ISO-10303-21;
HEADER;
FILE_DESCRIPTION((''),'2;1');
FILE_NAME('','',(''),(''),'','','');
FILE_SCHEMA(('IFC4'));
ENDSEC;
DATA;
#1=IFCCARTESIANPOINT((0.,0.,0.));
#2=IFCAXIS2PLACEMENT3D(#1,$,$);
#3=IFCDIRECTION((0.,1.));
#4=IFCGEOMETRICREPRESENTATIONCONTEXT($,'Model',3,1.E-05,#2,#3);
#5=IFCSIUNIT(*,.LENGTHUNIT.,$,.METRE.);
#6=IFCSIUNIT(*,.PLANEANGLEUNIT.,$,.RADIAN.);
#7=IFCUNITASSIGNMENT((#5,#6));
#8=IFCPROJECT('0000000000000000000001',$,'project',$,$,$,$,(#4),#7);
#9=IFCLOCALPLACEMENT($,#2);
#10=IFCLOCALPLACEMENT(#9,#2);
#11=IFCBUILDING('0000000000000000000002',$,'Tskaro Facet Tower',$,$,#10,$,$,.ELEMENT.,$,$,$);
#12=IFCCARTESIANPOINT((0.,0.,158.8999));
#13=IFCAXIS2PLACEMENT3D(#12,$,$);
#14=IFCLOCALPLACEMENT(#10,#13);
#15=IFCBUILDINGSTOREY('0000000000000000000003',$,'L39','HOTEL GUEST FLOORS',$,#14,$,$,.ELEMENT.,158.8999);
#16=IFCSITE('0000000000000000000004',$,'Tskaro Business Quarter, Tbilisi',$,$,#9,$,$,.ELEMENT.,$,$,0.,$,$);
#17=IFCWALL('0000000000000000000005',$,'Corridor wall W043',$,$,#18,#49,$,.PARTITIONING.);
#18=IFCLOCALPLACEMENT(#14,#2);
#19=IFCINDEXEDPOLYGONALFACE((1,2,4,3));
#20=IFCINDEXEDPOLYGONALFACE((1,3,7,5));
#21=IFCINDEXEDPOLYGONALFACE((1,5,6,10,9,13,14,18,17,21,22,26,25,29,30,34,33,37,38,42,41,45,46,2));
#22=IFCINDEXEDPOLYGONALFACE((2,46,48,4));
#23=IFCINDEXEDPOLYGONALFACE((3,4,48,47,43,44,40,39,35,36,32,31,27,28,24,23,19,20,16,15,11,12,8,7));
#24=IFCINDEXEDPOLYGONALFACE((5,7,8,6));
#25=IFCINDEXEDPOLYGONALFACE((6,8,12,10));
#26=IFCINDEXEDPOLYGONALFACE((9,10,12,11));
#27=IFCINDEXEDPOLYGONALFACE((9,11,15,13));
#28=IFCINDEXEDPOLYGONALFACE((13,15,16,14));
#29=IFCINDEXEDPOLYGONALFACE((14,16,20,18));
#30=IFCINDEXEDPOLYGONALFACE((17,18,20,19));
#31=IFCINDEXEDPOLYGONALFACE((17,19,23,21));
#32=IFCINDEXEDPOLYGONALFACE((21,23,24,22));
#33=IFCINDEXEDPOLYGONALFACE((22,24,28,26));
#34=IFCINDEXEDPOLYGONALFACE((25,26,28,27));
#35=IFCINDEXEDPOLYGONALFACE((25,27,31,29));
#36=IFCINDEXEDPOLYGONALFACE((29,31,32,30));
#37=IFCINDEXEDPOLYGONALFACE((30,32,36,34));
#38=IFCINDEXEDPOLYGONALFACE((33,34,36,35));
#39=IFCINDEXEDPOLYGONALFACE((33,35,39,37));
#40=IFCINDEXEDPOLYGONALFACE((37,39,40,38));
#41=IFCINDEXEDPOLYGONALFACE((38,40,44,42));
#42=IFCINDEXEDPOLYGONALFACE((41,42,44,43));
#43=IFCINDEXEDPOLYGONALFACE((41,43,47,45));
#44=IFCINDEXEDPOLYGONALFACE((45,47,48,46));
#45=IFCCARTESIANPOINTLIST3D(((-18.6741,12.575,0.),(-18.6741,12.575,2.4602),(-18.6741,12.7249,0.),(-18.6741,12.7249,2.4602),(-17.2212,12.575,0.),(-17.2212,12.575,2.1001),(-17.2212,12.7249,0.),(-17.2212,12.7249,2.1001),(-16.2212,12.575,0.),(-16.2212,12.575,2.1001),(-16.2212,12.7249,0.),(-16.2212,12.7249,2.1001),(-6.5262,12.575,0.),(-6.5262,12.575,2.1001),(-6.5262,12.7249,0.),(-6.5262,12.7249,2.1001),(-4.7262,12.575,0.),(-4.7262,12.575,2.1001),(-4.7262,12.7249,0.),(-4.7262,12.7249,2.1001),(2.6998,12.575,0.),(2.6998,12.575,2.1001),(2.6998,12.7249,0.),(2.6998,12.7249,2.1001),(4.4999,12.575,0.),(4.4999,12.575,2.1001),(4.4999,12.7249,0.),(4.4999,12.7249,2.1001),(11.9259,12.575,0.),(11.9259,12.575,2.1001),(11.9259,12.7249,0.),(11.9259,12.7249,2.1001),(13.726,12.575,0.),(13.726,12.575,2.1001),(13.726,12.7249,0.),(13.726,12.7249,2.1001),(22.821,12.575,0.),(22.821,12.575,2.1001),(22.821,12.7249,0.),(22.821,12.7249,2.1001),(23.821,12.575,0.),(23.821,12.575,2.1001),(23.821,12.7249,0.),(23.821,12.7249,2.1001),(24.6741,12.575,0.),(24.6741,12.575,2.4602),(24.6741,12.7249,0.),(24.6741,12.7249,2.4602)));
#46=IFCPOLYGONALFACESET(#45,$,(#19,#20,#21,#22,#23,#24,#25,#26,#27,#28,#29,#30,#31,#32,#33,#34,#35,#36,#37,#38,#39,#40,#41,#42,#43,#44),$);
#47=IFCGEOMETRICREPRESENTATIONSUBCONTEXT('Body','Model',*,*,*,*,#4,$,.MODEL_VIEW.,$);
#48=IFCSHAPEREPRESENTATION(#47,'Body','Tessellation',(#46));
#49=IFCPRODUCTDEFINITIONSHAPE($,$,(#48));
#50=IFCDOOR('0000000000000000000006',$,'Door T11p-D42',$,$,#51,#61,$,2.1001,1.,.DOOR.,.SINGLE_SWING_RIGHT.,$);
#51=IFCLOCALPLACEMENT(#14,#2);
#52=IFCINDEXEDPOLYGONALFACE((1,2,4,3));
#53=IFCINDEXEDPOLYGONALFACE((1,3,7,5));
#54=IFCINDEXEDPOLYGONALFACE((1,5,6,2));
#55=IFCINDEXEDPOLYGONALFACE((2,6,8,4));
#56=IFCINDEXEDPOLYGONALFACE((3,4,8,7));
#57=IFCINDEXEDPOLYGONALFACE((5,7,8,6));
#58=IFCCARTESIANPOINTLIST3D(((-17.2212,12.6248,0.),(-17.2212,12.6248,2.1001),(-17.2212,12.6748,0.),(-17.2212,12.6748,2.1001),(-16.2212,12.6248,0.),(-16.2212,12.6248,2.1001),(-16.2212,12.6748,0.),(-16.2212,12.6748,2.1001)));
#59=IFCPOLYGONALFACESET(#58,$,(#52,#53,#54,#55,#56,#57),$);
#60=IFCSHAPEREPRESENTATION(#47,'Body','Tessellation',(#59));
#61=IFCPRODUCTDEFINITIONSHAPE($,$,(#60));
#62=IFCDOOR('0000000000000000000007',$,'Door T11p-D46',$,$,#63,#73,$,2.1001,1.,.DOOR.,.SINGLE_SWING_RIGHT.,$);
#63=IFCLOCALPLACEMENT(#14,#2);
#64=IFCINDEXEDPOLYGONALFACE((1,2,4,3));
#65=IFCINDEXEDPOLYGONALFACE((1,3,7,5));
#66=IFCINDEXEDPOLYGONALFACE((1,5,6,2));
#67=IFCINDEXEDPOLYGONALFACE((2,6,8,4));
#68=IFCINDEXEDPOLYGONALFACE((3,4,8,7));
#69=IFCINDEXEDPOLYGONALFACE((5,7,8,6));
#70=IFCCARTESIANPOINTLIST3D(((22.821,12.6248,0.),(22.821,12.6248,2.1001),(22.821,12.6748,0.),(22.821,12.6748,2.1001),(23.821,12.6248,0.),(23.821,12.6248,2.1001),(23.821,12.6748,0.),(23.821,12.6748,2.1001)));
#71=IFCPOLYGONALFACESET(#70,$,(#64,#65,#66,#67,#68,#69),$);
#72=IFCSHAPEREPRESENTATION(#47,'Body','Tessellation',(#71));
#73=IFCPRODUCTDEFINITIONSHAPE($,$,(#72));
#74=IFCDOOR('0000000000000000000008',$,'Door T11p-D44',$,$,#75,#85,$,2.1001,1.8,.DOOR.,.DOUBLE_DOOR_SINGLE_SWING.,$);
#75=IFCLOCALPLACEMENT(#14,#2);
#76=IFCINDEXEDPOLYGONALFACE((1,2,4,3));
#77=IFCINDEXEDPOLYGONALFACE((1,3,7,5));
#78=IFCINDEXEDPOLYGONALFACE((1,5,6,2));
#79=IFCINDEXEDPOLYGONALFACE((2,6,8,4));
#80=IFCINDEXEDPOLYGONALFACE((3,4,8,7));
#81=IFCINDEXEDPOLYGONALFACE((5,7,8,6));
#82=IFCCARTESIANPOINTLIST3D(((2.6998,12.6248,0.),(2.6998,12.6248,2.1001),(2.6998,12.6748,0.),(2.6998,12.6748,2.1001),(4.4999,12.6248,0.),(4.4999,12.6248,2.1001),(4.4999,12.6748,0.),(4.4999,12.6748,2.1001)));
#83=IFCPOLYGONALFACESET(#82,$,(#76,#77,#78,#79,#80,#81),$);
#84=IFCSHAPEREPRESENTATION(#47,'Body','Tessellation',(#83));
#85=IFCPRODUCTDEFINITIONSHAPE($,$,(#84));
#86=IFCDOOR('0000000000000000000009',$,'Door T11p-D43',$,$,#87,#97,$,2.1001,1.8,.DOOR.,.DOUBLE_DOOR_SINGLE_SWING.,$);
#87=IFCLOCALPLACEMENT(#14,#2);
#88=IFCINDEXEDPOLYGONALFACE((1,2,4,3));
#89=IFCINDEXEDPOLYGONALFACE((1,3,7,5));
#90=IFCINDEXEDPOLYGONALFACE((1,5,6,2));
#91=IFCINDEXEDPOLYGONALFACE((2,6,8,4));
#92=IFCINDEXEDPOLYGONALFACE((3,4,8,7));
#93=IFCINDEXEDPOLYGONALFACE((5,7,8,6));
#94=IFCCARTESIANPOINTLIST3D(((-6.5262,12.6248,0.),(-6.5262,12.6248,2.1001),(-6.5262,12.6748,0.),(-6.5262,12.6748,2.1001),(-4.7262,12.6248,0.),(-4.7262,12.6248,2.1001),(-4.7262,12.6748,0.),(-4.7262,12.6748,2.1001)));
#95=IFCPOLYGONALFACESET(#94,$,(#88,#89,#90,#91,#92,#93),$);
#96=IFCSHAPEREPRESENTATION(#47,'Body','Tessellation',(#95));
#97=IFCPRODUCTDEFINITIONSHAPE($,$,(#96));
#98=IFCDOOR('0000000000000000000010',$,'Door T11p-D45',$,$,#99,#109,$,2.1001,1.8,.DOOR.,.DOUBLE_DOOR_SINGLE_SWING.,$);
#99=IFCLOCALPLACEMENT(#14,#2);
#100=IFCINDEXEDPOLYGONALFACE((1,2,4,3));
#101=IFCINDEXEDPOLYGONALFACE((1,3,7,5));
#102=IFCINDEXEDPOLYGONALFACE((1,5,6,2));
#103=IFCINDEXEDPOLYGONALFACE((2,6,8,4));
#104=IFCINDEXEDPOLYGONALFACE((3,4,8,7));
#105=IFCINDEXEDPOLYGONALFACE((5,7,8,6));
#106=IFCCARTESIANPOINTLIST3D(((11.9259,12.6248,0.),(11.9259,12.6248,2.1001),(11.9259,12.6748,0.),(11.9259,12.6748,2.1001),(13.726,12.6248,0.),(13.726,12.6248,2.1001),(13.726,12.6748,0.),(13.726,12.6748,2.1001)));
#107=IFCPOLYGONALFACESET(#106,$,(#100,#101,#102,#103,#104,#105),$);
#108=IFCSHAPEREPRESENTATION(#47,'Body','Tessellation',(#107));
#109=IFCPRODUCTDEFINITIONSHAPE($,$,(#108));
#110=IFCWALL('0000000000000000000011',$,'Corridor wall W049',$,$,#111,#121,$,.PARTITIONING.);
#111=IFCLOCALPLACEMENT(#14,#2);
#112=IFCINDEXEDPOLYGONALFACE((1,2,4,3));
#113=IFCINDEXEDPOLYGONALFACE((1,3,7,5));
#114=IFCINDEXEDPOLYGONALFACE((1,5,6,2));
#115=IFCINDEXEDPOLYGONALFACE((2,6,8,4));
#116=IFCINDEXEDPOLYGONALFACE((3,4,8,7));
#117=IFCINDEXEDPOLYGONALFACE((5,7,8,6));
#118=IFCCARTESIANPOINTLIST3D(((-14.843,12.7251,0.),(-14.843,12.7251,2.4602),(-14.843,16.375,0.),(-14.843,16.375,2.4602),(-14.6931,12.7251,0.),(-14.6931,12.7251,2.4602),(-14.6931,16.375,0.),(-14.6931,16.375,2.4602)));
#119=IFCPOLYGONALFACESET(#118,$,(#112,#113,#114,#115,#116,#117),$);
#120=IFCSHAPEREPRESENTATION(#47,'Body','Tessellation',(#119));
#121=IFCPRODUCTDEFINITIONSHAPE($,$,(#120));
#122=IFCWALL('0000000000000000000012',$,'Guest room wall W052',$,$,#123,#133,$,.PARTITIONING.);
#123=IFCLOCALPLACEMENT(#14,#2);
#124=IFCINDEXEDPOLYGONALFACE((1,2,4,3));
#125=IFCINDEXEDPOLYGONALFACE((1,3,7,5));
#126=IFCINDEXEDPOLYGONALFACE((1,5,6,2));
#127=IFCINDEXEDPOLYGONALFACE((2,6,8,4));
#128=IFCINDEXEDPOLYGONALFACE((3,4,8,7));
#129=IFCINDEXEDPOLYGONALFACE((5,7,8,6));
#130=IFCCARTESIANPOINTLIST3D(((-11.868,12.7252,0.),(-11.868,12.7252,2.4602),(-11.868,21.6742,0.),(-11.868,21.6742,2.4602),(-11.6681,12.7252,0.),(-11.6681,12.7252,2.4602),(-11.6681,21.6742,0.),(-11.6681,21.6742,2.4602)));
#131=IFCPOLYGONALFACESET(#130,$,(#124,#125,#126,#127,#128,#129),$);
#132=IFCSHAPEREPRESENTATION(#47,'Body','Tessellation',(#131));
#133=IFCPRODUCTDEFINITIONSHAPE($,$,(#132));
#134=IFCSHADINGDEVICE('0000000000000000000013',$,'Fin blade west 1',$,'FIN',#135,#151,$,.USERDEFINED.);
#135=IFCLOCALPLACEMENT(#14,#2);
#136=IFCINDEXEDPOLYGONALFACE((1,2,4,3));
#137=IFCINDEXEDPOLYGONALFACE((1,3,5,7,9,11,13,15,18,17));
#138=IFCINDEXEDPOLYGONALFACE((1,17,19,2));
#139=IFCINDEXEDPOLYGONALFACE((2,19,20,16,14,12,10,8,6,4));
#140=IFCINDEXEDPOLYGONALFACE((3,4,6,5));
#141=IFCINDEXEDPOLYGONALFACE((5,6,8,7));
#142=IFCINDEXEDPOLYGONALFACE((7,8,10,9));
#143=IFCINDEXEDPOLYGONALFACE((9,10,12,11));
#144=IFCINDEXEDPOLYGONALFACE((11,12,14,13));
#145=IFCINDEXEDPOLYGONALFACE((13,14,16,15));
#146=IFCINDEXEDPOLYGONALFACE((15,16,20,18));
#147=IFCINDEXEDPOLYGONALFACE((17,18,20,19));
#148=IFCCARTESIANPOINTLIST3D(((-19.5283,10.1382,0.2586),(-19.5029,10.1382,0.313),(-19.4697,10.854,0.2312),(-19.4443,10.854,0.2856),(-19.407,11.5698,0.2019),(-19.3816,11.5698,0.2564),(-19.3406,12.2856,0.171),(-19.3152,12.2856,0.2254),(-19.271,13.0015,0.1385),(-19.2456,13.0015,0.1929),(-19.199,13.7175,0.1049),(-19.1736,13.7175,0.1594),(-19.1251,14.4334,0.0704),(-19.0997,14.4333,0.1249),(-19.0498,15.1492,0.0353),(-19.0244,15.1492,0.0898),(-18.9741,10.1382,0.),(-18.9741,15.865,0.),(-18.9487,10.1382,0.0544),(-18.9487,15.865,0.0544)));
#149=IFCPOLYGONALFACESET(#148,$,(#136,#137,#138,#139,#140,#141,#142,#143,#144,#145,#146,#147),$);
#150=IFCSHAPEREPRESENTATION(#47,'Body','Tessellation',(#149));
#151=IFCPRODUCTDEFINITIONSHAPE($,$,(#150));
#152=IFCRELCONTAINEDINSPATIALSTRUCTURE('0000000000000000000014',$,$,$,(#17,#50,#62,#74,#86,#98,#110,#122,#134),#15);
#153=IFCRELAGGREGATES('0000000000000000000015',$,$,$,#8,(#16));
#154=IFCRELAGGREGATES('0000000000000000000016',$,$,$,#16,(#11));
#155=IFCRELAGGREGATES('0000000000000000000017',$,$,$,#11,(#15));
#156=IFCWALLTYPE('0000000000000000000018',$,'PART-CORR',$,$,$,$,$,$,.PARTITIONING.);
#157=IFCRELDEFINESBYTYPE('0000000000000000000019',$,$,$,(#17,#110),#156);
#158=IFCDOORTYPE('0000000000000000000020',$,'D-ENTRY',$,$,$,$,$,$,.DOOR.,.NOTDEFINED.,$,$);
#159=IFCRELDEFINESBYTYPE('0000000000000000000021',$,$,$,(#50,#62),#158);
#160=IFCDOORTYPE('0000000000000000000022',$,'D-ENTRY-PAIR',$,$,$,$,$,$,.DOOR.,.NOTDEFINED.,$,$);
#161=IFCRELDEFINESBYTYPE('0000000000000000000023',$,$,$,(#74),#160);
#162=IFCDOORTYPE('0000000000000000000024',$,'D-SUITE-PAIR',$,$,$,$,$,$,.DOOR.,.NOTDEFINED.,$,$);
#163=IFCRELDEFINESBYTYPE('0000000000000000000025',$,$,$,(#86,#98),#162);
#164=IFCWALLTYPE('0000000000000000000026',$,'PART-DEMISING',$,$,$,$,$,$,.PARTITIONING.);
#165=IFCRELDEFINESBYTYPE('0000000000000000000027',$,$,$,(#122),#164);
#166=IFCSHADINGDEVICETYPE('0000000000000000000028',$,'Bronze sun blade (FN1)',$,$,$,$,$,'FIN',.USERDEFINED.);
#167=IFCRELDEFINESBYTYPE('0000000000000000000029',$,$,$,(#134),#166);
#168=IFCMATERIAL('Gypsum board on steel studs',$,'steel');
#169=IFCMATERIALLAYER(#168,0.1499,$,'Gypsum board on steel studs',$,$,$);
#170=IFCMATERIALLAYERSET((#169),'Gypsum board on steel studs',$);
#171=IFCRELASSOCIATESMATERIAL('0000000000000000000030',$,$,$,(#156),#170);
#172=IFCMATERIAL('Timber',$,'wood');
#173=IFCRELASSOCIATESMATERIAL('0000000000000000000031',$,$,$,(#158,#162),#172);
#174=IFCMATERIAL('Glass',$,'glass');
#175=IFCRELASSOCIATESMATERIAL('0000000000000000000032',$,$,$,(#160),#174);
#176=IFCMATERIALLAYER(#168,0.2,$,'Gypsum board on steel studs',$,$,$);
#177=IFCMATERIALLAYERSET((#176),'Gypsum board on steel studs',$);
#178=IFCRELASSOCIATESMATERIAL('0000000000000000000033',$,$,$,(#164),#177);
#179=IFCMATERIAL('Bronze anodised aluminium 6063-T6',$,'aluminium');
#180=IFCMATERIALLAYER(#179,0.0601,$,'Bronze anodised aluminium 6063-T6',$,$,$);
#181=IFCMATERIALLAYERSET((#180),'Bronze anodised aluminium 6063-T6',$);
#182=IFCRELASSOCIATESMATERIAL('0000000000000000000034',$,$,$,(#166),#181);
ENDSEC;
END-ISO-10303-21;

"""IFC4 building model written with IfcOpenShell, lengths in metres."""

from ifc_helpers import new_model, si_unit, direction, frame, frame_2d, origin, place, context, subcontext, project, spatial, polyline, rectangle, outline, extrude, material, layer, layer_set, type_object, element, fill, save


model = new_model("IFC4")

# Units and contexts
model_context = context("Model", 3, precision=1e-05, world=origin(), true_north=direction((0.0, 1.0)))
body_context = subcontext(model_context, "Body", "Model", "MODEL_VIEW")
ifc_project = project(units=[si_unit("LENGTHUNIT", "METRE"), si_unit("PLANEANGLEUNIT", "RADIAN")], contexts=[model_context])

# Site, building, storey
site_placement = place(None, origin())
site = spatial("IfcSite", under=ifc_project, at=site_placement, Name="Tskaro Business Quarter, Tbilisi", CompositionType="ELEMENT", RefElevation=0.0)
building_placement = place(site_placement, origin())
building = spatial("IfcBuilding", under=site, at=building_placement, Name="Tskaro Facet Tower", CompositionType="ELEMENT")
storey_placement = place(building_placement, frame((0.0, 0.0, 158.8999)))
storey = spatial("IfcBuildingStorey", under=building, at=storey_placement, Name="L39", Description="HOTEL GUEST FLOORS", CompositionType="ELEMENT", Elevation=158.8999)

# Shared definitions
ifc_material_1 = material(Name="Bronze anodised aluminium 6063-T6", Category="aluminium")

# Shared definitions
ifc_material_2 = material(Name="Gypsum board on steel studs", Category="steel")
ifc_layer_1 = layer(ifc_material_2, 0.1499, Name="Gypsum board on steel studs")
ifc_layer_set_1 = layer_set([ifc_layer_1], Name="Gypsum board on steel studs")
wall_type_1 = type_object("IfcWallType", Name="PART-CORR", PredefinedType="PARTITIONING", material=ifc_layer_set_1)
ifc_material_3 = material(Name="Timber", Category="wood")

# Wall, openings, doors
wall_1_placement = place(storey_placement, frame((-18.6741, 12.6499, 0.0), z_axis=(0.0, 0.0, 1.0), x_axis=(1.0, 0.0, 0.0)))
wall_1 = element("IfcWall", 1, at=wall_1_placement, inside=storey, type_object=wall_type_1, Name="Corridor wall W043", PredefinedType="PARTITIONING", context=body_context, shape_type="SweptSolid", body=[
    extrude(rectangle(XDim=43.3481, YDim=0.1499, at=frame_2d((21.6741, 0.0))), origin(), (0.0, 0.0, 1.0), 2.4602),
])
opening_1_placement = place(wall_1_placement, frame((1.4529, 0.0, 0.0)))
opening_1 = element("IfcOpeningElement", 2, at=opening_1_placement, cuts=wall_1, PredefinedType="OPENING", context=body_context, shape_type="SweptSolid", body=[
    extrude(rectangle(XDim=1.0, YDim=2.1001, at=frame_2d((0.5, 1.05))), frame((0.0, 0.085, 0.0), z_axis=(0.0, -1.0, 0.0), x_axis=(1.0, 0.0, 0.0)), (0.0, 0.0, 1.0), 0.1699),
])
opening_2_placement = place(wall_1_placement, frame((12.1479, 0.0, 0.0)))
opening_2 = element("IfcOpeningElement", 3, at=opening_2_placement, cuts=wall_1, PredefinedType="OPENING", context=body_context, shape_type="SweptSolid", body=[
    extrude(rectangle(XDim=1.8, YDim=2.1001, at=frame_2d((0.8999, 1.05))), frame((0.0, 0.085, 0.0), z_axis=(0.0, -1.0, 0.0), x_axis=(1.0, 0.0, 0.0)), (0.0, 0.0, 1.0), 0.1699),
])
opening_3_placement = place(wall_1_placement, frame((21.374, 0.0, 0.0)))
opening_3 = element("IfcOpeningElement", 4, at=opening_3_placement, cuts=wall_1, PredefinedType="OPENING", context=body_context, shape_type="SweptSolid", body=[
    extrude(rectangle(XDim=1.8, YDim=2.1001, at=frame_2d((0.8999, 1.05))), frame((0.0, 0.085, 0.0), z_axis=(0.0, -1.0, 0.0), x_axis=(1.0, 0.0, 0.0)), (0.0, 0.0, 1.0), 0.1699),
])
opening_4_placement = place(wall_1_placement, frame((30.6001, 0.0, 0.0)))
opening_4 = element("IfcOpeningElement", 5, at=opening_4_placement, cuts=wall_1, PredefinedType="OPENING", context=body_context, shape_type="SweptSolid", body=[
    extrude(rectangle(XDim=1.8, YDim=2.1001, at=frame_2d((0.8999, 1.05))), frame((0.0, 0.085, 0.0), z_axis=(0.0, -1.0, 0.0), x_axis=(1.0, 0.0, 0.0)), (0.0, 0.0, 1.0), 0.1699),
])
opening_5_placement = place(wall_1_placement, frame((41.4951, 0.0, 0.0)))
opening_5 = element("IfcOpeningElement", 6, at=opening_5_placement, cuts=wall_1, PredefinedType="OPENING", context=body_context, shape_type="SweptSolid", body=[
    extrude(rectangle(XDim=1.0, YDim=2.1001, at=frame_2d((0.5, 1.05))), frame((0.0, 0.085, 0.0), z_axis=(0.0, -1.0, 0.0), x_axis=(1.0, 0.0, 0.0)), (0.0, 0.0, 1.0), 0.1699),
])
door_type_1 = type_object("IfcDoorType", Name="D-ENTRY", OperationType="NOTDEFINED", PredefinedType="DOOR", material=ifc_material_3)
door_1_placement = place(opening_1_placement, origin())
door_1 = element("IfcDoor", 7, at=door_1_placement, inside=storey, type_object=door_type_1, Name="Door T11p-D42", OperationType="SINGLE_SWING_RIGHT", OverallHeight=2.1001, OverallWidth=1.0, PredefinedType="DOOR", context=body_context, shape_type="SweptSolid", body=[
    extrude(rectangle(XDim=1.0, YDim=2.1001, at=frame_2d((0.5, 1.05))), frame((0.0, 0.0249, 0.0), z_axis=(0.0, -1.0, 0.0), x_axis=(1.0, 0.0, 0.0)), (0.0, 0.0, 1.0), 0.05),
])
fill(opening_1, door_1)
door_2_placement = place(opening_5_placement, origin())
door_2 = element("IfcDoor", 8, at=door_2_placement, inside=storey, type_object=door_type_1, Name="Door T11p-D46", OperationType="SINGLE_SWING_RIGHT", OverallHeight=2.1001, OverallWidth=1.0, PredefinedType="DOOR", context=body_context, shape_type="SweptSolid", body=[
    extrude(rectangle(XDim=1.0, YDim=2.1001, at=frame_2d((0.5, 1.05))), frame((0.0, 0.0249, 0.0), z_axis=(0.0, -1.0, 0.0), x_axis=(1.0, 0.0, 0.0)), (0.0, 0.0, 1.0), 0.05),
])
fill(opening_5, door_2)
ifc_material_4 = material(Name="Glass", Category="glass")
door_type_2 = type_object("IfcDoorType", Name="D-ENTRY-PAIR", OperationType="NOTDEFINED", PredefinedType="DOOR", material=ifc_material_4)
door_3_placement = place(opening_3_placement, origin())
door_3 = element("IfcDoor", 9, at=door_3_placement, inside=storey, type_object=door_type_2, Name="Door T11p-D44", OperationType="DOUBLE_DOOR_SINGLE_SWING", OverallHeight=2.1001, OverallWidth=1.8, PredefinedType="DOOR", context=body_context, shape_type="SweptSolid", body=[
    extrude(rectangle(XDim=1.8, YDim=2.1001, at=frame_2d((0.8999, 1.05))), frame((0.0, 0.0249, 0.0), z_axis=(0.0, -1.0, 0.0), x_axis=(1.0, 0.0, 0.0)), (0.0, 0.0, 1.0), 0.05),
])
fill(opening_3, door_3)
door_type_3 = type_object("IfcDoorType", Name="D-SUITE-PAIR", OperationType="NOTDEFINED", PredefinedType="DOOR", material=ifc_material_3)
door_4_placement = place(opening_2_placement, origin())
door_4 = element("IfcDoor", 10, at=door_4_placement, inside=storey, type_object=door_type_3, Name="Door T11p-D43", OperationType="DOUBLE_DOOR_SINGLE_SWING", OverallHeight=2.1001, OverallWidth=1.8, PredefinedType="DOOR", context=body_context, shape_type="SweptSolid", body=[
    extrude(rectangle(XDim=1.8, YDim=2.1001, at=frame_2d((0.8999, 1.05))), frame((0.0, 0.0249, 0.0), z_axis=(0.0, -1.0, 0.0), x_axis=(1.0, 0.0, 0.0)), (0.0, 0.0, 1.0), 0.05),
])
fill(opening_2, door_4)
door_5_placement = place(opening_4_placement, origin())
door_5 = element("IfcDoor", 11, at=door_5_placement, inside=storey, type_object=door_type_3, Name="Door T11p-D45", OperationType="DOUBLE_DOOR_SINGLE_SWING", OverallHeight=2.1001, OverallWidth=1.8, PredefinedType="DOOR", context=body_context, shape_type="SweptSolid", body=[
    extrude(rectangle(XDim=1.8, YDim=2.1001, at=frame_2d((0.8999, 1.05))), frame((0.0, 0.0249, 0.0), z_axis=(0.0, -1.0, 0.0), x_axis=(1.0, 0.0, 0.0)), (0.0, 0.0, 1.0), 0.05),
])
fill(opening_4, door_5)

# Walls
wall_2_placement = place(storey_placement, frame((-14.7681, 12.7251, 0.0), z_axis=(0.0, 0.0, 1.0), x_axis=(0.0, 1.0, 0.0)))
element("IfcWall", 12, at=wall_2_placement, inside=storey, type_object=wall_type_1, Name="Corridor wall W049", PredefinedType="PARTITIONING", context=body_context, shape_type="SweptSolid", body=[
    extrude(rectangle(XDim=3.6499, YDim=0.1499, at=frame_2d((1.825, 0.0))), origin(), (0.0, 0.0, 1.0), 2.4602),
])
ifc_layer_2 = layer(ifc_material_2, 0.2, Name="Gypsum board on steel studs")
ifc_layer_set_2 = layer_set([ifc_layer_2], Name="Gypsum board on steel studs")
wall_type_2 = type_object("IfcWallType", Name="PART-DEMISING", PredefinedType="PARTITIONING", material=ifc_layer_set_2)
wall_3_placement = place(storey_placement, frame((-11.7681, 12.7251, 0.0), z_axis=(0.0, 0.0, 1.0), x_axis=(0.0, 1.0, 0.0)))
element("IfcWall", 13, at=wall_3_placement, inside=storey, type_object=wall_type_2, Name="Guest room wall W052", PredefinedType="PARTITIONING", context=body_context, shape_type="SweptSolid", body=[
    extrude(rectangle(XDim=8.949, YDim=0.2, at=frame_2d((4.4746, 0.0))), origin(), (0.0, 0.0, 1.0), 2.4602),
])

# Shading device
ifc_layer_3 = layer(ifc_material_1, 0.0601, Name="Bronze anodised aluminium 6063-T6")
ifc_layer_set_3 = layer_set([ifc_layer_3], Name="Bronze anodised aluminium 6063-T6")
shading_device_type = type_object("IfcShadingDeviceType", Name="Bronze sun blade (FN1)", ElementType="FIN", PredefinedType="USERDEFINED", material=ifc_layer_set_3)
shading_device_1_placement = place(storey_placement, frame((-18.9487, 15.865, 0.0544), z_axis=(0.422831, -0.000007, 0.906209), x_axis=(-0.000003, -1.0, -0.000007)))
element("IfcShadingDevice", 14, at=shading_device_1_placement, inside=storey, type_object=shading_device_type, Name="Fin blade west 1", ObjectType="FIN", PredefinedType="USERDEFINED", context=body_context, shape_type="SweptSolid", body=[
    extrude(outline(polyline([(0.0, 0.0), (5.7268, 0.0), (5.7268, -0.6115), (5.011, -0.5469), (4.2952, -0.4776), (3.5793, -0.4043), (2.8635, -0.3276), (2.1475, -0.2482), (1.4316, -0.1666), (0.7158, -0.0836), (0.0, 0.0)])), origin(), (0.0, 0.0, -1.0), 0.0601),
])

save(model, "model.ifc")
